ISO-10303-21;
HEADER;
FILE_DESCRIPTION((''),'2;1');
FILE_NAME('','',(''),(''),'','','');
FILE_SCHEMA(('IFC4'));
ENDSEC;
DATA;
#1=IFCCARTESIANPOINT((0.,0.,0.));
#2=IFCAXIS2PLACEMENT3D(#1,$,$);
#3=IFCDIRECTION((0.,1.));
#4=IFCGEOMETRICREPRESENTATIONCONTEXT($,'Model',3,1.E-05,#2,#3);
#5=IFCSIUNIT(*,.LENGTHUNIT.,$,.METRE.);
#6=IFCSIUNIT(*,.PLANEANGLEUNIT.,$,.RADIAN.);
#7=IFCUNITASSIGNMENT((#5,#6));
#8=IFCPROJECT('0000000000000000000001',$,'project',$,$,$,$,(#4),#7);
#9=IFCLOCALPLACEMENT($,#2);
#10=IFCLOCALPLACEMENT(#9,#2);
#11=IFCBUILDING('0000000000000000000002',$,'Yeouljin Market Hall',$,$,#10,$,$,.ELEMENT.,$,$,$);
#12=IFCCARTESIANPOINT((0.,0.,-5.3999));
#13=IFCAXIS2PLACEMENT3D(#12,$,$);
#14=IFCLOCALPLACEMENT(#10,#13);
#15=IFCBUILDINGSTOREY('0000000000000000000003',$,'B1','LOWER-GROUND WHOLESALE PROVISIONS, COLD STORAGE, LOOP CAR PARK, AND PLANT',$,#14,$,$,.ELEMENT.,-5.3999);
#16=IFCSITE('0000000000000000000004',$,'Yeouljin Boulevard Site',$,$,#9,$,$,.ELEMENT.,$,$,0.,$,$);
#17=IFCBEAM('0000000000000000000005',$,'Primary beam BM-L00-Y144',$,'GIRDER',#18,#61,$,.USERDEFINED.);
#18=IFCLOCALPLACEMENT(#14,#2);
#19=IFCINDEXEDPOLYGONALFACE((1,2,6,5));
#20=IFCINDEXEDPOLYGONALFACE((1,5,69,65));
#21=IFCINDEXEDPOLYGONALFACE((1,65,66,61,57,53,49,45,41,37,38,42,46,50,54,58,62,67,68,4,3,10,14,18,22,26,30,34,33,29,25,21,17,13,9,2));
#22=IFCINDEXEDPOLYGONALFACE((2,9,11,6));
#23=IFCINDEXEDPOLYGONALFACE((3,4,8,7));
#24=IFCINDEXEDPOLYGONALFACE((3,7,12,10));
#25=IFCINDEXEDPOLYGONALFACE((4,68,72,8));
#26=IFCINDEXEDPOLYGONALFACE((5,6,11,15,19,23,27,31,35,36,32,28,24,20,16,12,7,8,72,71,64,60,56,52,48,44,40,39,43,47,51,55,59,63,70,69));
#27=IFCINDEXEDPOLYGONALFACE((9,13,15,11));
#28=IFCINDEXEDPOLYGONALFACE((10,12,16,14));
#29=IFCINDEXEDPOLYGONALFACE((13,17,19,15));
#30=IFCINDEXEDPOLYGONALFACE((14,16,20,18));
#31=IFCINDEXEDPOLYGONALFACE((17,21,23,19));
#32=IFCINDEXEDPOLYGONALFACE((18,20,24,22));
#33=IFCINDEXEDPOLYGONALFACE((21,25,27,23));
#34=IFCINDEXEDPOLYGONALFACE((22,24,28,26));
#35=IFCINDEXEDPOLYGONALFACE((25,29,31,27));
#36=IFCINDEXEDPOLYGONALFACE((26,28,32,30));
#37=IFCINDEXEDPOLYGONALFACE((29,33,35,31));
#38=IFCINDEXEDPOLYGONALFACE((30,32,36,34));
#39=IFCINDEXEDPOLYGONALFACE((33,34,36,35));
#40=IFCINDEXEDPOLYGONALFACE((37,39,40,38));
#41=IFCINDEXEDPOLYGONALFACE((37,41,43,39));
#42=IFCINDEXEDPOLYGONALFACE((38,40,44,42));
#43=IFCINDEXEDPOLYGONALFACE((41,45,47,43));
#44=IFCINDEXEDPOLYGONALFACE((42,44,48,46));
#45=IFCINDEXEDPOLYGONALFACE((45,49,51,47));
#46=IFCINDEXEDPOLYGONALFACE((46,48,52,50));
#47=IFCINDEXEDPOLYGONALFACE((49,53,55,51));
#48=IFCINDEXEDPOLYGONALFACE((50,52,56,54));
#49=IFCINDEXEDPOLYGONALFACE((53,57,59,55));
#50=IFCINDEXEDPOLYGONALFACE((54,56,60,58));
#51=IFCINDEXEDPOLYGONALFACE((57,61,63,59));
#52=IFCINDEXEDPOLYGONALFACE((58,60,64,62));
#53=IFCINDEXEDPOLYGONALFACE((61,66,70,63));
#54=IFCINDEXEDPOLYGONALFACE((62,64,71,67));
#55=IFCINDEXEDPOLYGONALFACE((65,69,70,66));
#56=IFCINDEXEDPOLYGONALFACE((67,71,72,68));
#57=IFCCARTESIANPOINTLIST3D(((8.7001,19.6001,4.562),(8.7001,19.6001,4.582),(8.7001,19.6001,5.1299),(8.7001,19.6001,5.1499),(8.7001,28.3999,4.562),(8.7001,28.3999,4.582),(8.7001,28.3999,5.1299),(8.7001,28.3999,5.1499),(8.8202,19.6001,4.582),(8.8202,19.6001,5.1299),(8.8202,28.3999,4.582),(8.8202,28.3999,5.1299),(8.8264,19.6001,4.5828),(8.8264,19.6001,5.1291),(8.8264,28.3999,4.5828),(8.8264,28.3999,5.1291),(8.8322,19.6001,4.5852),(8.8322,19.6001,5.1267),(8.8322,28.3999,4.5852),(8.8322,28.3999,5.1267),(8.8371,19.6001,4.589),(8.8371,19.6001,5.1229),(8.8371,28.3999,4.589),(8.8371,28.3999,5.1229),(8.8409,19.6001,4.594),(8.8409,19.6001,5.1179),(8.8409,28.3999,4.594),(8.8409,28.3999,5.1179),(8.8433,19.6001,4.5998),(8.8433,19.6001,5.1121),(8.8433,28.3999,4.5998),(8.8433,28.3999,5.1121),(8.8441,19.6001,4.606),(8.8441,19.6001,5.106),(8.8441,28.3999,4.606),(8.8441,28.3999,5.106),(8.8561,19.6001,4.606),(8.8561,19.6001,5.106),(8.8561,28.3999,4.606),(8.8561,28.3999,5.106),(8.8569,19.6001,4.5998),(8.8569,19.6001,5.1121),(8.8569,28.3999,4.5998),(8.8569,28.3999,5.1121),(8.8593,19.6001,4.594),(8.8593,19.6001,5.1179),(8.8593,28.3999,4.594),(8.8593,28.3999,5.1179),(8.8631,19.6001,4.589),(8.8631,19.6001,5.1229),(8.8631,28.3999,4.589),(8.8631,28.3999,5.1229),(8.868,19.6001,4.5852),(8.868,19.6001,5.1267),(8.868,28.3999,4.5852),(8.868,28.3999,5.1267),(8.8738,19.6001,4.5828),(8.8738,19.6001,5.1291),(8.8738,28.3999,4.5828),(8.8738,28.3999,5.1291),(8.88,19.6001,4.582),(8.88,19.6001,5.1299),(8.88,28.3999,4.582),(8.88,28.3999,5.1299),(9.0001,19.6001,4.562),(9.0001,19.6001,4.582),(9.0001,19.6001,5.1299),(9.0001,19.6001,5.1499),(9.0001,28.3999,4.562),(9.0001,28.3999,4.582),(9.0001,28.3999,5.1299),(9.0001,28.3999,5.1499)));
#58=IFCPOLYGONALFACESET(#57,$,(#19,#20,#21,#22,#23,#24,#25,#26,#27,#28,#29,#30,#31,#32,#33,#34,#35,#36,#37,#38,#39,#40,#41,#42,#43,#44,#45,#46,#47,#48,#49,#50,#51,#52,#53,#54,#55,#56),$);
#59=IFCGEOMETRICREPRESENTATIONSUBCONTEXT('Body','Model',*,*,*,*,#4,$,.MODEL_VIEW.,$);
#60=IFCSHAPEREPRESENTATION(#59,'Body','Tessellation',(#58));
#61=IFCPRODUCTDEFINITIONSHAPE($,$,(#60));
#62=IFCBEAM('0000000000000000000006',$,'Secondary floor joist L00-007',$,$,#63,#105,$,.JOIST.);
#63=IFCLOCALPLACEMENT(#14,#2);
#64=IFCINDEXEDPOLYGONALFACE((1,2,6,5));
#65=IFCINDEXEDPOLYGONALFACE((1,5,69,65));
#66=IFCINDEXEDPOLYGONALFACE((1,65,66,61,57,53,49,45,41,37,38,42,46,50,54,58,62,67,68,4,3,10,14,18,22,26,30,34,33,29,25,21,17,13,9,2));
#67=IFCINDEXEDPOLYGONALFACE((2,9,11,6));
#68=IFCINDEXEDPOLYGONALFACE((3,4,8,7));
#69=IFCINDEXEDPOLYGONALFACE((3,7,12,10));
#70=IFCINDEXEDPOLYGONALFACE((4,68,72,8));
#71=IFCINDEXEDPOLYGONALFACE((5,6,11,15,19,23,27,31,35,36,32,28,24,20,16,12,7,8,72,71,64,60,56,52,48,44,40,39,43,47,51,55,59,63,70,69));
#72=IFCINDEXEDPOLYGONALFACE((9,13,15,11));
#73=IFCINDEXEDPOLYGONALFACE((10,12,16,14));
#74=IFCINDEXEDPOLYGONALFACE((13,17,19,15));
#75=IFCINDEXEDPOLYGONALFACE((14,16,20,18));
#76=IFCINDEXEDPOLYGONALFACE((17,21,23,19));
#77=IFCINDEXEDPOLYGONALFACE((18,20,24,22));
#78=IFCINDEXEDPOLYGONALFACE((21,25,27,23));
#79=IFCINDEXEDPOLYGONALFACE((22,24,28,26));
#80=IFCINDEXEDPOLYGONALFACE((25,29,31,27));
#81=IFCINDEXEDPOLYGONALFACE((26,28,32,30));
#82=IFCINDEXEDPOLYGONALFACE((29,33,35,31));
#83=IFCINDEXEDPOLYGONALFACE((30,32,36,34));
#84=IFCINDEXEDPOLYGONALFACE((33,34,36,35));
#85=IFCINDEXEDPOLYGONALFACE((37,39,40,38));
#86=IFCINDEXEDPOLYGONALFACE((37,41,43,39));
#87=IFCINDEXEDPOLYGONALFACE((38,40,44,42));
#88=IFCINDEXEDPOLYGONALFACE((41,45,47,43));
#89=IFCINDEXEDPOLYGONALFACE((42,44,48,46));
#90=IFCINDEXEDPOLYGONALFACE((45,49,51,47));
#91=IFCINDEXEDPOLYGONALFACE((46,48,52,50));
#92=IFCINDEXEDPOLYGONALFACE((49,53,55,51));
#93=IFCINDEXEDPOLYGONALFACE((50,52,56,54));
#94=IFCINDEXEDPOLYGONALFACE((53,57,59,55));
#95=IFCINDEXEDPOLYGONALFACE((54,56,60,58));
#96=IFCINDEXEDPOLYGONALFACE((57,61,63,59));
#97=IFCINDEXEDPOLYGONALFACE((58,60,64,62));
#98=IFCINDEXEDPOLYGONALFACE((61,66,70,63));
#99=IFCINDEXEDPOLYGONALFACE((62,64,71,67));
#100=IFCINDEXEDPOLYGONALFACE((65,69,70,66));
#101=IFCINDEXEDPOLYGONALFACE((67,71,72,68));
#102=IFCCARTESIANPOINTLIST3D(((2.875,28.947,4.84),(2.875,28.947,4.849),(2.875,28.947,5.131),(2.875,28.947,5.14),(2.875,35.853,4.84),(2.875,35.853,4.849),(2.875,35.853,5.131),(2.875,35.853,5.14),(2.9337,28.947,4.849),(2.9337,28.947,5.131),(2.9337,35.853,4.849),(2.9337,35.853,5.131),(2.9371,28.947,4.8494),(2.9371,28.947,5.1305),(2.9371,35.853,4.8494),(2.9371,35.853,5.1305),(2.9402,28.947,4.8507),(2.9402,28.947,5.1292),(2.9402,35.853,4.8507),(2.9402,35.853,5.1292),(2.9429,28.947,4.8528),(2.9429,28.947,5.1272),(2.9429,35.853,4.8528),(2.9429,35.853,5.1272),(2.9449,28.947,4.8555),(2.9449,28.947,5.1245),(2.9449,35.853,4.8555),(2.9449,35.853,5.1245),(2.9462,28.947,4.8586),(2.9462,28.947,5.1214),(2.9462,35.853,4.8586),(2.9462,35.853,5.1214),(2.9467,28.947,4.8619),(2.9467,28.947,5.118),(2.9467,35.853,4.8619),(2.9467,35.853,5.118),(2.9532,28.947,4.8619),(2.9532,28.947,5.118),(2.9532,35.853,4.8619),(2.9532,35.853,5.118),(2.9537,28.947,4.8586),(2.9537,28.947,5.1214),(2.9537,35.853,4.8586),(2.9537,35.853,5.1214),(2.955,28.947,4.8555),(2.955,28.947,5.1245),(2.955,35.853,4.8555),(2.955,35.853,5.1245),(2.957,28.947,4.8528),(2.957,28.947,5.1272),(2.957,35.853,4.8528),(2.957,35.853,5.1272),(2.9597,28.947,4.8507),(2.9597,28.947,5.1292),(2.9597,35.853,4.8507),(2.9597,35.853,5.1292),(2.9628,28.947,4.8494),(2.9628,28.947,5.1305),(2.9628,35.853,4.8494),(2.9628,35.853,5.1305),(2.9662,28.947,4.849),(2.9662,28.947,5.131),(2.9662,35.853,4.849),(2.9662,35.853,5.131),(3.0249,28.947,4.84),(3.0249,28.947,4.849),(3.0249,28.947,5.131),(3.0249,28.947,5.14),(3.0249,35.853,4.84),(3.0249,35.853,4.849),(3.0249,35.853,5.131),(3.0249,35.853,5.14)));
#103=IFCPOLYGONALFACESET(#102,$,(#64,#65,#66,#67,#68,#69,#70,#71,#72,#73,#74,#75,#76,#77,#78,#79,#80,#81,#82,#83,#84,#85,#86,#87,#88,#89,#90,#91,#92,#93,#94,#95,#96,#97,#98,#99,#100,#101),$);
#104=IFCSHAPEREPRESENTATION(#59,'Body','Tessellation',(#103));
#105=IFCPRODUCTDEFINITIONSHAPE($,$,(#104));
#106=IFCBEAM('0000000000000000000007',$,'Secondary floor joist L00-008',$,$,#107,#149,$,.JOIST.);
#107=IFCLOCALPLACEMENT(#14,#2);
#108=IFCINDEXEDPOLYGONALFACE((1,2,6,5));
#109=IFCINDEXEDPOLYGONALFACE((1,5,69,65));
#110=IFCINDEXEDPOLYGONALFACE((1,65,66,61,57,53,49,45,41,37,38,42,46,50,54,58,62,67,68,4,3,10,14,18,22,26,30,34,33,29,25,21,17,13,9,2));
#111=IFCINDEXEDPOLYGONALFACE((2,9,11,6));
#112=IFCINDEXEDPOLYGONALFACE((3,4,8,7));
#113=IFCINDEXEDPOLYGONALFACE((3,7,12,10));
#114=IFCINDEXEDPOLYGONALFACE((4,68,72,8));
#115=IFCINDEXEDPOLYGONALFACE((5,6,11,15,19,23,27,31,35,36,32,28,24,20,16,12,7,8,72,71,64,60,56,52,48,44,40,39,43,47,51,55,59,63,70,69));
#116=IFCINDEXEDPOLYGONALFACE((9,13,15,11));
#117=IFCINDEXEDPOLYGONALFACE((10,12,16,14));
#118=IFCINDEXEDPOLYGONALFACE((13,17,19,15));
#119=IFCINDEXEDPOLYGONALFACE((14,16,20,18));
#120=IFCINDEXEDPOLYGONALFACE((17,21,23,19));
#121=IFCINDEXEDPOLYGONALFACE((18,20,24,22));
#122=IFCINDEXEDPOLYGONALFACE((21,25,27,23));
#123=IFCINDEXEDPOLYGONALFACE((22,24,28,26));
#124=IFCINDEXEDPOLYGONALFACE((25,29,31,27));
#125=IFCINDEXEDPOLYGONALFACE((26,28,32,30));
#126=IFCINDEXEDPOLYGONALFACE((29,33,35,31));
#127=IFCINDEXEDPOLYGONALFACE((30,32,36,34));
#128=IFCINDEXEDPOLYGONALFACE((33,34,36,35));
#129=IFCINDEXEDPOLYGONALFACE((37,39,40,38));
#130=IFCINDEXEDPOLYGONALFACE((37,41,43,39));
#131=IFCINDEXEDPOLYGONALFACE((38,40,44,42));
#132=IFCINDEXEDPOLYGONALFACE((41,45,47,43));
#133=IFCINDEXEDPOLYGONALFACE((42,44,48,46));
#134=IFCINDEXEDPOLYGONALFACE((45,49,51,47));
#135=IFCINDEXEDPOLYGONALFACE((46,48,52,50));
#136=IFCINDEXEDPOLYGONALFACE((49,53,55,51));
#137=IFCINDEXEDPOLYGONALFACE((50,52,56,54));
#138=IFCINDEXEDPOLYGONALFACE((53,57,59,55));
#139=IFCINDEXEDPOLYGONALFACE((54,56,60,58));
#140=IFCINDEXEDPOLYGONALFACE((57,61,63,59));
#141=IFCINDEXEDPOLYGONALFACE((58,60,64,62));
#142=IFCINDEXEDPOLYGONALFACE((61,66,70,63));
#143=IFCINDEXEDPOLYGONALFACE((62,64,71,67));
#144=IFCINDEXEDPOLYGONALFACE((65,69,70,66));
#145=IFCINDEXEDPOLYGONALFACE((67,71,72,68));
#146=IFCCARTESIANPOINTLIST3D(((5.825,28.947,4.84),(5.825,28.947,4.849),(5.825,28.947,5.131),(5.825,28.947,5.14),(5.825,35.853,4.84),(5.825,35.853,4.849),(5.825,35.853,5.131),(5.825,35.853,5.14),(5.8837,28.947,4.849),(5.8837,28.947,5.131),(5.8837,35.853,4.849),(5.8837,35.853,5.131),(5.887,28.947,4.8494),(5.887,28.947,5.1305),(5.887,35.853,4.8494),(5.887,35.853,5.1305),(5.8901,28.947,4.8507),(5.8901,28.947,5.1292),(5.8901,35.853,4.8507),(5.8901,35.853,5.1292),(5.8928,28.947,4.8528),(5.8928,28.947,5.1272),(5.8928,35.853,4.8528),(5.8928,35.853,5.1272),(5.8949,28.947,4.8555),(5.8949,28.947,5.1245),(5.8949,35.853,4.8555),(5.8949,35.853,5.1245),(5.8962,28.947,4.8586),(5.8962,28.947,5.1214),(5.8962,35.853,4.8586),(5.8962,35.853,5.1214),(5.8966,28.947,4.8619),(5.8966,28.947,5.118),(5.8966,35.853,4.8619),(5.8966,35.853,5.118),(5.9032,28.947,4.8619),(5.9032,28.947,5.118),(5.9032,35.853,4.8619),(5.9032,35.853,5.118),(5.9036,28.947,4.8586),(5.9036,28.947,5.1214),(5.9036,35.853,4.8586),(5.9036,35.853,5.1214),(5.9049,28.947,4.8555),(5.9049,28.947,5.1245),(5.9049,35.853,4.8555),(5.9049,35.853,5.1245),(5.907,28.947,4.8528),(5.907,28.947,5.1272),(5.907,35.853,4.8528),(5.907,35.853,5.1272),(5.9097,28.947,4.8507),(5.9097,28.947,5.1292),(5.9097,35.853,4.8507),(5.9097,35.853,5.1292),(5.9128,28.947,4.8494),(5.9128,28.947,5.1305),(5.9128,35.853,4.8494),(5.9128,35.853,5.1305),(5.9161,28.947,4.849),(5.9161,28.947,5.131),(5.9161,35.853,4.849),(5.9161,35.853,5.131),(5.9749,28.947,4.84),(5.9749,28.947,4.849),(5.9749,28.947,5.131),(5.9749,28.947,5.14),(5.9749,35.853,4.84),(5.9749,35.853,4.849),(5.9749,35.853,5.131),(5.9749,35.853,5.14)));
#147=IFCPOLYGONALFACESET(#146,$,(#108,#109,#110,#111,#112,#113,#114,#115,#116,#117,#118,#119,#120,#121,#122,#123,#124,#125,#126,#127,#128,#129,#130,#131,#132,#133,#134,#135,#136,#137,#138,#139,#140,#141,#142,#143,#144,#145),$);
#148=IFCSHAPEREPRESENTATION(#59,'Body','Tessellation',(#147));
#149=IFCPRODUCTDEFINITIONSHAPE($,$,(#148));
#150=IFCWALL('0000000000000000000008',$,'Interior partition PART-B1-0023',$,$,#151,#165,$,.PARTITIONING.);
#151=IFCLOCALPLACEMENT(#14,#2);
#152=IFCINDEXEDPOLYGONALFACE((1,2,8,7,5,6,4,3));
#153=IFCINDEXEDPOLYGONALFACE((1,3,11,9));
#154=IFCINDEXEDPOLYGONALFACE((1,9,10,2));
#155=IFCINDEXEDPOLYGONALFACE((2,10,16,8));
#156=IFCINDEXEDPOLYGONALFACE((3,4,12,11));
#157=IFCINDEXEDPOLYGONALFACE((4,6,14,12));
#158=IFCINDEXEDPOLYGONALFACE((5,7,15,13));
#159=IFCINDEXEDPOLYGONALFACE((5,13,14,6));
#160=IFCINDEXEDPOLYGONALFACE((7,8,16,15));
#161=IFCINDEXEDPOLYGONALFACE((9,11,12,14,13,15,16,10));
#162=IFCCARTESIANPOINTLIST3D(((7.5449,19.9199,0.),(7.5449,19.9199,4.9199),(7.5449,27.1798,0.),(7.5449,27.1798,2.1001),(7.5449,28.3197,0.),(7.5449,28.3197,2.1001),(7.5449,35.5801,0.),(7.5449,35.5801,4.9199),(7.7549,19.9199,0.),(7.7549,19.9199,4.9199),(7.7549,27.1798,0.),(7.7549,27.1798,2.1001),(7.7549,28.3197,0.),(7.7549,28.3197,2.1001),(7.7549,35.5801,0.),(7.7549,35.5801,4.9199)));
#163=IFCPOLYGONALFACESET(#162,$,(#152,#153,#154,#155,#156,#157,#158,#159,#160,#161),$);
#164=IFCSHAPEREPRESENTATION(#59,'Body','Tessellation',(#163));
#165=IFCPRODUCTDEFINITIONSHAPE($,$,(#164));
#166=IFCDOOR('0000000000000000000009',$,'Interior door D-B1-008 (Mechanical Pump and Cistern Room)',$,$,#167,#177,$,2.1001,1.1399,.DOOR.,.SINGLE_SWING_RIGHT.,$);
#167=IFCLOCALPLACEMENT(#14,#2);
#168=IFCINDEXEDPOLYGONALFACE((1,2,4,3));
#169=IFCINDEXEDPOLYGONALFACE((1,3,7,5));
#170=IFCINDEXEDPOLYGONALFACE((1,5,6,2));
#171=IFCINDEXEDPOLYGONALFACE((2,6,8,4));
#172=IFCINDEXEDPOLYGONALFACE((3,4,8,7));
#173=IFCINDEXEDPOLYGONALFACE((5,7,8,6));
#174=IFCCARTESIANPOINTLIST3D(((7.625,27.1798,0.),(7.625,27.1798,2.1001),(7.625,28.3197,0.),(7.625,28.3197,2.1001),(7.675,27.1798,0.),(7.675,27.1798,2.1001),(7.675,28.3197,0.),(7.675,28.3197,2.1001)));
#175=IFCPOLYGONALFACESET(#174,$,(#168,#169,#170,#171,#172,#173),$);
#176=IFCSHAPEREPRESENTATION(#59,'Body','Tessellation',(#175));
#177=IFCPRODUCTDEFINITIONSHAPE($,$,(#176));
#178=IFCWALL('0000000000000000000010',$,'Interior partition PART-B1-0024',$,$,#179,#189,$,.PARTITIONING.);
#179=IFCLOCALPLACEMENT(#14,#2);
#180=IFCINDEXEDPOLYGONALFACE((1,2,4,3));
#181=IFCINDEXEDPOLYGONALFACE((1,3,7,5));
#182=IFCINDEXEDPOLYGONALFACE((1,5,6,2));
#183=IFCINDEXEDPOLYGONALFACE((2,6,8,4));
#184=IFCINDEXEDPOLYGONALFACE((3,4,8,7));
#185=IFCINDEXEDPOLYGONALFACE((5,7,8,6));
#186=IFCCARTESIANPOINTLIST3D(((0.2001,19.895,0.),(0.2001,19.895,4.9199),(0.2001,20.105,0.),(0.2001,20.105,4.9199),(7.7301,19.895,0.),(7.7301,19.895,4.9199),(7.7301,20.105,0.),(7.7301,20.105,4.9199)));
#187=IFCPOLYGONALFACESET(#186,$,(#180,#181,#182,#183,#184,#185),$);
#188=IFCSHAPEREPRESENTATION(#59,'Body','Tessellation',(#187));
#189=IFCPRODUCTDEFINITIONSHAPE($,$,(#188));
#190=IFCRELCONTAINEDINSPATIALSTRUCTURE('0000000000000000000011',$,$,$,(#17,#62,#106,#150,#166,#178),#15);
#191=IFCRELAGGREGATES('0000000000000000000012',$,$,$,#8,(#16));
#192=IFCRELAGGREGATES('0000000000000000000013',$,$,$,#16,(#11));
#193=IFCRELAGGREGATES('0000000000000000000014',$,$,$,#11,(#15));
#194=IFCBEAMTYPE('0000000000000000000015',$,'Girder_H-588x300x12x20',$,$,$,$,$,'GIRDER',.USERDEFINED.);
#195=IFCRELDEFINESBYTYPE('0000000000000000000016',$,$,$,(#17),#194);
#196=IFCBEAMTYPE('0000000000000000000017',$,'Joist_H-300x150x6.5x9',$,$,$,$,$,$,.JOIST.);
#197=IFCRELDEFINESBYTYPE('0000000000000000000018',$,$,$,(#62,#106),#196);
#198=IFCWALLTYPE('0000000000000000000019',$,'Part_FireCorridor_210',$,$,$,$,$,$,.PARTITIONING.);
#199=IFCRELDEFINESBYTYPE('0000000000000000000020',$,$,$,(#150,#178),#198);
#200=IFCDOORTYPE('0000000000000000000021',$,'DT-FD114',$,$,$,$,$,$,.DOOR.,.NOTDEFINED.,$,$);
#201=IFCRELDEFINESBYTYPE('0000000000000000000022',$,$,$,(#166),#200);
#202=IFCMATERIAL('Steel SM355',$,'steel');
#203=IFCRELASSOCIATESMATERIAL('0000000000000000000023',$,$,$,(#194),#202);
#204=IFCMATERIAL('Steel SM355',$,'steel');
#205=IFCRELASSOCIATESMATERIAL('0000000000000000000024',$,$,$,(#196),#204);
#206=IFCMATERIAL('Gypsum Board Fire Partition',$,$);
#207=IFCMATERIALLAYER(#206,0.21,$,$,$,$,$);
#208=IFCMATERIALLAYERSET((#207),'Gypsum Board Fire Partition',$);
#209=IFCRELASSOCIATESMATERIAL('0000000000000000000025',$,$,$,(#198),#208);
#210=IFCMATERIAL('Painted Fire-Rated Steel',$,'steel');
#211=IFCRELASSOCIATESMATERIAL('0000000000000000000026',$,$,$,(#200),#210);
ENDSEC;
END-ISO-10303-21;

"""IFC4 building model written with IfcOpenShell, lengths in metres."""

from ifc_helpers import new_model, si_unit, direction, frame, frame_2d, origin, origin_2d, place, context, subcontext, project, spatial, rectangle, i_section, extrude, material, layer, layer_set, material_profile, profile_set, type_object, element, fill, save


model = new_model("IFC4")

# Units and contexts
model_context = context("Model", 3, precision=1e-05, world=origin(), true_north=direction((0.0, 1.0)))
body_context = subcontext(model_context, "Body", "Model", "MODEL_VIEW")
ifc_project = project(units=[si_unit("LENGTHUNIT", "METRE"), si_unit("PLANEANGLEUNIT", "RADIAN")], contexts=[model_context])

# Site, building, storey
site_placement = place(None, origin())
site = spatial("IfcSite", under=ifc_project, at=site_placement, Name="Yeouljin Boulevard Site", CompositionType="ELEMENT", RefElevation=0.0)
building_placement = place(site_placement, origin())
building = spatial("IfcBuilding", under=site, at=building_placement, Name="Yeouljin Market Hall", CompositionType="ELEMENT")
storey_placement = place(building_placement, frame((0.0, 0.0, -5.3999)))
storey = spatial("IfcBuildingStorey", under=building, at=storey_placement, Name="B1", Description="LOWER-GROUND WHOLESALE PROVISIONS, COLD STORAGE, LOOP CAR PARK, AND PLANT", CompositionType="ELEMENT", Elevation=-5.3999)

# Beams
ifc_material_1 = material(Name="Steel SM355", Category="steel")
ifc_material_profile_1 = material_profile(ifc_material_1, i_section(OverallWidth=0.3, OverallDepth=0.5879, WebThickness=0.012, FlangeThickness=0.02, FilletRadius=0.0239, at=origin_2d()), Name="H-588x300x12x20")
ifc_profile_set_1 = profile_set([ifc_material_profile_1], Name="Steel SM355")
beam_type_1 = type_object("IfcBeamType", Name="Girder_H-588x300x12x20", ElementType="GIRDER", PredefinedType="USERDEFINED", material=ifc_profile_set_1)
beam_1_placement = place(storey_placement, frame((8.8501, 19.6001, 4.856), z_axis=(0.0, 1.0, 0.0), x_axis=(-1.0, 0.0, 0.0)))
element("IfcBeam", 1, at=beam_1_placement, inside=storey, type_object=beam_type_1, Name="Primary beam BM-L00-Y144", ObjectType="GIRDER", PredefinedType="USERDEFINED", context=body_context, shape_type="SweptSolid", body=[
    extrude(i_section(OverallWidth=0.3, OverallDepth=0.5879, WebThickness=0.012, FlangeThickness=0.02, FilletRadius=0.0239, at=origin_2d()), origin(), (0.0, 0.0, 1.0), 8.7998),
])
ifc_material_2 = material(Name="Steel SM355", Category="steel")
ifc_material_profile_2 = material_profile(ifc_material_2, i_section(OverallWidth=0.1499, OverallDepth=0.3, WebThickness=0.0066, FlangeThickness=0.009, FilletRadius=0.0129, at=origin_2d()), Name="H-300x150x6.5x9")
ifc_profile_set_2 = profile_set([ifc_material_profile_2], Name="Steel SM355")
beam_type_2 = type_object("IfcBeamType", Name="Joist_H-300x150x6.5x9", PredefinedType="JOIST", material=ifc_profile_set_2)
for number, where, z_axis, x_axis, name in (
    (2, (2.95, 28.947, 4.99), (0.0, 1.0, 0.0), (-1.0, 0.0, 0.0), "Secondary floor joist L00-007"),
    (3, (5.8999, 28.947, 4.99), (0.0, 1.0, 0.0), (-1.0, 0.0, 0.0), "Secondary floor joist L00-008"),
):
    element("IfcBeam", number, at=place(storey_placement, frame(where, z_axis=z_axis, x_axis=x_axis)), inside=storey, type_object=beam_type_2, Name=name, PredefinedType="JOIST", context=body_context, shape_type="SweptSolid", body=[
        extrude(i_section(OverallWidth=0.1499, OverallDepth=0.3, WebThickness=0.0066, FlangeThickness=0.009, FilletRadius=0.0129, at=origin_2d()), origin(), (0.0, 0.0, 1.0), 6.906),
    ])

# Wall, opening, door
ifc_material_3 = material(Name="Gypsum Board Fire Partition")
ifc_layer_1 = layer(ifc_material_3, 0.21)
ifc_layer_set_1 = layer_set([ifc_layer_1], Name="Gypsum Board Fire Partition")
wall_type_1 = type_object("IfcWallType", Name="Part_FireCorridor_210", PredefinedType="PARTITIONING", material=ifc_layer_set_1)
wall_1_placement = place(storey_placement, frame((7.6499, 19.9199, 0.0), z_axis=(0.0, 0.0, 1.0), x_axis=(0.0, 1.0, 0.0)))
wall_1 = element("IfcWall", 4, at=wall_1_placement, inside=storey, type_object=wall_type_1, Name="Interior partition PART-B1-0023", PredefinedType="PARTITIONING", context=body_context, shape_type="SweptSolid", body=[
    extrude(rectangle(XDim=15.6602, YDim=0.21, at=frame_2d((7.8301, 0.0))), origin(), (0.0, 0.0, 1.0), 4.9199),
])
opening_placement = place(wall_1_placement, frame((7.26, 0.0, 0.0)))
opening = element("IfcOpeningElement", 5, at=opening_placement, cuts=wall_1, PredefinedType="OPENING", context=body_context, shape_type="SweptSolid", body=[
    extrude(rectangle(XDim=1.1399, YDim=2.1001, at=frame_2d((0.5698, 1.05))), frame((0.0, 0.115, 0.0), z_axis=(0.0, -1.0, 0.0), x_axis=(1.0, 0.0, 0.0)), (0.0, 0.0, 1.0), 0.23),
])
ifc_material_4 = material(Name="Painted Fire-Rated Steel", Category="steel")
door_type = type_object("IfcDoorType", Name="DT-FD114", OperationType="NOTDEFINED", PredefinedType="DOOR", material=ifc_material_4)
door_placement = place(opening_placement, origin())
door = element("IfcDoor", 6, at=door_placement, inside=storey, type_object=door_type, Name="Interior door D-B1-008 (Mechanical Pump and Cistern Room)", OperationType="SINGLE_SWING_RIGHT", OverallHeight=2.1001, OverallWidth=1.1399, PredefinedType="DOOR", context=body_context, shape_type="SweptSolid", body=[
    extrude(rectangle(XDim=1.1399, YDim=2.1001, at=frame_2d((0.5698, 1.05))), frame((0.0, 0.0249, 0.0), z_axis=(0.0, -1.0, 0.0), x_axis=(1.0, 0.0, 0.0)), (0.0, 0.0, 1.0), 0.05),
])
fill(opening, door)

# Wall
wall_2_placement = place(storey_placement, frame((0.2, 20.0, 0.0), z_axis=(0.0, 0.0, 1.0), x_axis=(1.0, 0.0, 0.0)))
element("IfcWall", 7, at=wall_2_placement, inside=storey, type_object=wall_type_1, Name="Interior partition PART-B1-0024", PredefinedType="PARTITIONING", context=body_context, shape_type="SweptSolid", body=[
    extrude(rectangle(XDim=7.53, YDim=0.21, at=frame_2d((3.7651, 0.0))), origin(), (0.0, 0.0, 1.0), 4.9199),
])

save(model, "model.ifc")
